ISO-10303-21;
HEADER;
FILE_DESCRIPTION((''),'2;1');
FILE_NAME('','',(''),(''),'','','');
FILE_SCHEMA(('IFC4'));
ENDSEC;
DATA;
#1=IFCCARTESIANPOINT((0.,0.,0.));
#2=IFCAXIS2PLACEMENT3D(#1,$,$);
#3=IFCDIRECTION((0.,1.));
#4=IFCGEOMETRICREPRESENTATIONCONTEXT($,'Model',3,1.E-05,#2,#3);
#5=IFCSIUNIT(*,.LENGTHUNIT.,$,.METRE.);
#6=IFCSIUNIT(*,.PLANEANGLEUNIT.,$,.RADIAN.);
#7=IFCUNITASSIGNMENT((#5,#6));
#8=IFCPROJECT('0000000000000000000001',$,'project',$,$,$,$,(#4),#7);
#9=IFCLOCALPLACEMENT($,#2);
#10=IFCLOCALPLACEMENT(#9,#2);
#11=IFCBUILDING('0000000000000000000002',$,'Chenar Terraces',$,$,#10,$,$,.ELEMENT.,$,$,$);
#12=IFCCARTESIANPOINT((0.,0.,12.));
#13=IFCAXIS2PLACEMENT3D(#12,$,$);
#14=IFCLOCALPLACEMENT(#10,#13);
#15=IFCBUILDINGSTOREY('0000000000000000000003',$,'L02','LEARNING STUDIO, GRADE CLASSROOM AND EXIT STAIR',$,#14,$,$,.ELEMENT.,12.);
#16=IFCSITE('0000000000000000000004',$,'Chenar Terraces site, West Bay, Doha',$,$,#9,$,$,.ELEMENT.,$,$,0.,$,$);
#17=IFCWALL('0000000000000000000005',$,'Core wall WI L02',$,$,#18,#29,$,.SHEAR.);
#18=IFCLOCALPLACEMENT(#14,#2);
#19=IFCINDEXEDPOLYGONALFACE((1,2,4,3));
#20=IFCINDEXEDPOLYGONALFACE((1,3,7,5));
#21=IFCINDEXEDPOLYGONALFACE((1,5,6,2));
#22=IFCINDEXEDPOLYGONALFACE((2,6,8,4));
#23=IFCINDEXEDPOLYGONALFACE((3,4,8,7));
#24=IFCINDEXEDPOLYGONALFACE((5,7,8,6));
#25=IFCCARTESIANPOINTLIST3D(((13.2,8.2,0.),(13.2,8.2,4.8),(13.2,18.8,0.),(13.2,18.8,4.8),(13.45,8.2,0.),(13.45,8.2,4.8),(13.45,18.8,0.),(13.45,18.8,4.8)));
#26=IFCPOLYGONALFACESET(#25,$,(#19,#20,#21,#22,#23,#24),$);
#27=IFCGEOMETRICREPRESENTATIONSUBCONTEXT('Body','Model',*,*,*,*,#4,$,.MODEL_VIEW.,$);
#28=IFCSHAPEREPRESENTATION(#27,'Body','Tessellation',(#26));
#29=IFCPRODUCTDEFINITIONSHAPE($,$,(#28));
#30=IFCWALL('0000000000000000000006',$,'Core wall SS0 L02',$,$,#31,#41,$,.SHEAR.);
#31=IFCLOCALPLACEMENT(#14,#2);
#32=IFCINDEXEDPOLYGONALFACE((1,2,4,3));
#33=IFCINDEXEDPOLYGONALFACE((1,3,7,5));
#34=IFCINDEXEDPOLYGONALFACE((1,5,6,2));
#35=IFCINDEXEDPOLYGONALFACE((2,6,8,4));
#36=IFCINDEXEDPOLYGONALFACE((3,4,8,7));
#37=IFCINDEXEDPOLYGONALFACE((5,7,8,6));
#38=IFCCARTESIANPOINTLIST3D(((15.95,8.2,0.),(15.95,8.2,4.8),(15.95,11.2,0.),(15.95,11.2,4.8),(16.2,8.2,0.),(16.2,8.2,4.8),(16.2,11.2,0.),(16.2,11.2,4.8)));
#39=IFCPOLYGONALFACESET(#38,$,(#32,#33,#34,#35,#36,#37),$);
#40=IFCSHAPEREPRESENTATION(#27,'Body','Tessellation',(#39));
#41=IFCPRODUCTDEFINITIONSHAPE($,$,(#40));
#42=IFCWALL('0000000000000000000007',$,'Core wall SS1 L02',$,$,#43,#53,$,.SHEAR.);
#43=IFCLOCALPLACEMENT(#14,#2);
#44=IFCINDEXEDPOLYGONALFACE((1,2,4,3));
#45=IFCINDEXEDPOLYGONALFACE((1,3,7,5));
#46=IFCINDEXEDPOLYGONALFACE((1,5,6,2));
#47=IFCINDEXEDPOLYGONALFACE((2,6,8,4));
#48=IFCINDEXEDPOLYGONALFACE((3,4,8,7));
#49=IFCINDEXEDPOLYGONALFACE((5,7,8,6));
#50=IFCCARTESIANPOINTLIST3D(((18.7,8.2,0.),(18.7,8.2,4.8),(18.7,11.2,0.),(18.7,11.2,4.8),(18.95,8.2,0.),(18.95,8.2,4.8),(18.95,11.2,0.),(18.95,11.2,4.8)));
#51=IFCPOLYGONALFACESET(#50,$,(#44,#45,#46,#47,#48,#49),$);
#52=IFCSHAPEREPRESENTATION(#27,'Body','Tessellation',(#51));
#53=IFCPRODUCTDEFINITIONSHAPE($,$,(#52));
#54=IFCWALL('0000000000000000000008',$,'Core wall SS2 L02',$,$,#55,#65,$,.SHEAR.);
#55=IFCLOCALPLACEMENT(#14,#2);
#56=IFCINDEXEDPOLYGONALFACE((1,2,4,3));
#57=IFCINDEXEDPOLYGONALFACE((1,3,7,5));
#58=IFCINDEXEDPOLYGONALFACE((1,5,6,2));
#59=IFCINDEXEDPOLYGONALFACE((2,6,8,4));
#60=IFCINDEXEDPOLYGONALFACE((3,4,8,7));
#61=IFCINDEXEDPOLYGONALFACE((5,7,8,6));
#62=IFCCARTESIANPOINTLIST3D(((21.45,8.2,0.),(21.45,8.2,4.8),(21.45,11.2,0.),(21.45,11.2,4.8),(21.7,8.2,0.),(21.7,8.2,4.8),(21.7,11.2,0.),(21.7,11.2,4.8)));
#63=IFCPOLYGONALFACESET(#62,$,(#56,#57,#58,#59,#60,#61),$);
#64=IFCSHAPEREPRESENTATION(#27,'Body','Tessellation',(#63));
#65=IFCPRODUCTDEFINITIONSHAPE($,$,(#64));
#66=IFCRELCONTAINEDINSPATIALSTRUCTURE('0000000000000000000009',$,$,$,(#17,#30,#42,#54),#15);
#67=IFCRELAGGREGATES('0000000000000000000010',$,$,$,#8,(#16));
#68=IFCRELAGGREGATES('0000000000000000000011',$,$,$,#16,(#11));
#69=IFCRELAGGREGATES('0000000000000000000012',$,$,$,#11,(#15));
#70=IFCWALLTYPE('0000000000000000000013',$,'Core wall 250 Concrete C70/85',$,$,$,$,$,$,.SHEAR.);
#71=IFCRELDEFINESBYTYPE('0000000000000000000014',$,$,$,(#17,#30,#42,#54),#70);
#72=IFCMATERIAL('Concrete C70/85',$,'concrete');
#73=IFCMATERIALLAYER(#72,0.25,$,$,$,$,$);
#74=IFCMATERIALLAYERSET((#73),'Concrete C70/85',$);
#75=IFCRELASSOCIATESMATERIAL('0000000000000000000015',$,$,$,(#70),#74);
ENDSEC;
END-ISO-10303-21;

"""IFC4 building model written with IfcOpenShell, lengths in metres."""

from ifc_helpers import new_model, si_unit, direction, frame, frame_2d, origin, place, context, subcontext, project, spatial, rectangle, extrude, material, layer, layer_set, type_object, element, save


model = new_model("IFC4")

# Units and contexts
model_context = context("Model", 3, precision=1e-05, world=origin(), true_north=direction((0.0, 1.0)))
body_context = subcontext(model_context, "Body", "Model", "MODEL_VIEW")
ifc_project = project(units=[si_unit("LENGTHUNIT", "METRE"), si_unit("PLANEANGLEUNIT", "RADIAN")], contexts=[model_context])

# Site, building, storey
site_placement = place(None, origin())
site = spatial("IfcSite", under=ifc_project, at=site_placement, Name="Chenar Terraces site, West Bay, Doha", CompositionType="ELEMENT", RefElevation=0.0)
building_placement = place(site_placement, origin())
building = spatial("IfcBuilding", under=site, at=building_placement, Name="Chenar Terraces", CompositionType="ELEMENT")
storey_placement = place(building_placement, frame((0.0, 0.0, 12.0)))
storey = spatial("IfcBuildingStorey", under=building, at=storey_placement, Name="L02", Description="LEARNING STUDIO, GRADE CLASSROOM AND EXIT STAIR", CompositionType="ELEMENT", Elevation=12.0)

# Walls
ifc_material_1 = material(Name="Concrete C70/85", Category="concrete")
ifc_layer_1 = layer(ifc_material_1, 0.25)
ifc_layer_set_1 = layer_set([ifc_layer_1], Name="Concrete C70/85")
wall_type_1 = type_object("IfcWallType", Name="Core wall 250 Concrete C70/85", PredefinedType="SHEAR", material=ifc_layer_set_1)
wall_1_placement = place(storey_placement, frame((13.325, 8.2, 0.0), z_axis=(0.0, 0.0, 1.0), x_axis=(0.0, 1.0, 0.0)))
element("IfcWall", 1, at=wall_1_placement, inside=storey, type_object=wall_type_1, Name="Core wall WI L02", PredefinedType="SHEAR", context=body_context, shape_type="SweptSolid", body=[
    extrude(rectangle(XDim=10.6001, YDim=0.25, at=frame_2d((5.3, 0.0))), origin(), (0.0, 0.0, 1.0), 4.8),
])
for number, where, z_axis, x_axis, name in (
    (2, (16.075, 8.2, 0.0), (0.0, 0.0, 1.0), (0.0, 1.0, 0.0), "Core wall SS0 L02"),
    (3, (18.825, 8.2, 0.0), (0.0, 0.0, 1.0), (0.0, 1.0, 0.0), "Core wall SS1 L02"),
    (4, (21.575, 8.2, 0.0), (0.0, 0.0, 1.0), (0.0, 1.0, 0.0), "Core wall SS2 L02"),
):
    element("IfcWall", number, at=place(storey_placement, frame(where, z_axis=z_axis, x_axis=x_axis)), inside=storey, type_object=wall_type_1, Name=name, PredefinedType="SHEAR", context=body_context, shape_type="SweptSolid", body=[
        extrude(rectangle(XDim=3.0, YDim=0.25, at=frame_2d((1.5, 0.0))), origin(), (0.0, 0.0, 1.0), 4.8),
    ])

save(model, "model.ifc")
